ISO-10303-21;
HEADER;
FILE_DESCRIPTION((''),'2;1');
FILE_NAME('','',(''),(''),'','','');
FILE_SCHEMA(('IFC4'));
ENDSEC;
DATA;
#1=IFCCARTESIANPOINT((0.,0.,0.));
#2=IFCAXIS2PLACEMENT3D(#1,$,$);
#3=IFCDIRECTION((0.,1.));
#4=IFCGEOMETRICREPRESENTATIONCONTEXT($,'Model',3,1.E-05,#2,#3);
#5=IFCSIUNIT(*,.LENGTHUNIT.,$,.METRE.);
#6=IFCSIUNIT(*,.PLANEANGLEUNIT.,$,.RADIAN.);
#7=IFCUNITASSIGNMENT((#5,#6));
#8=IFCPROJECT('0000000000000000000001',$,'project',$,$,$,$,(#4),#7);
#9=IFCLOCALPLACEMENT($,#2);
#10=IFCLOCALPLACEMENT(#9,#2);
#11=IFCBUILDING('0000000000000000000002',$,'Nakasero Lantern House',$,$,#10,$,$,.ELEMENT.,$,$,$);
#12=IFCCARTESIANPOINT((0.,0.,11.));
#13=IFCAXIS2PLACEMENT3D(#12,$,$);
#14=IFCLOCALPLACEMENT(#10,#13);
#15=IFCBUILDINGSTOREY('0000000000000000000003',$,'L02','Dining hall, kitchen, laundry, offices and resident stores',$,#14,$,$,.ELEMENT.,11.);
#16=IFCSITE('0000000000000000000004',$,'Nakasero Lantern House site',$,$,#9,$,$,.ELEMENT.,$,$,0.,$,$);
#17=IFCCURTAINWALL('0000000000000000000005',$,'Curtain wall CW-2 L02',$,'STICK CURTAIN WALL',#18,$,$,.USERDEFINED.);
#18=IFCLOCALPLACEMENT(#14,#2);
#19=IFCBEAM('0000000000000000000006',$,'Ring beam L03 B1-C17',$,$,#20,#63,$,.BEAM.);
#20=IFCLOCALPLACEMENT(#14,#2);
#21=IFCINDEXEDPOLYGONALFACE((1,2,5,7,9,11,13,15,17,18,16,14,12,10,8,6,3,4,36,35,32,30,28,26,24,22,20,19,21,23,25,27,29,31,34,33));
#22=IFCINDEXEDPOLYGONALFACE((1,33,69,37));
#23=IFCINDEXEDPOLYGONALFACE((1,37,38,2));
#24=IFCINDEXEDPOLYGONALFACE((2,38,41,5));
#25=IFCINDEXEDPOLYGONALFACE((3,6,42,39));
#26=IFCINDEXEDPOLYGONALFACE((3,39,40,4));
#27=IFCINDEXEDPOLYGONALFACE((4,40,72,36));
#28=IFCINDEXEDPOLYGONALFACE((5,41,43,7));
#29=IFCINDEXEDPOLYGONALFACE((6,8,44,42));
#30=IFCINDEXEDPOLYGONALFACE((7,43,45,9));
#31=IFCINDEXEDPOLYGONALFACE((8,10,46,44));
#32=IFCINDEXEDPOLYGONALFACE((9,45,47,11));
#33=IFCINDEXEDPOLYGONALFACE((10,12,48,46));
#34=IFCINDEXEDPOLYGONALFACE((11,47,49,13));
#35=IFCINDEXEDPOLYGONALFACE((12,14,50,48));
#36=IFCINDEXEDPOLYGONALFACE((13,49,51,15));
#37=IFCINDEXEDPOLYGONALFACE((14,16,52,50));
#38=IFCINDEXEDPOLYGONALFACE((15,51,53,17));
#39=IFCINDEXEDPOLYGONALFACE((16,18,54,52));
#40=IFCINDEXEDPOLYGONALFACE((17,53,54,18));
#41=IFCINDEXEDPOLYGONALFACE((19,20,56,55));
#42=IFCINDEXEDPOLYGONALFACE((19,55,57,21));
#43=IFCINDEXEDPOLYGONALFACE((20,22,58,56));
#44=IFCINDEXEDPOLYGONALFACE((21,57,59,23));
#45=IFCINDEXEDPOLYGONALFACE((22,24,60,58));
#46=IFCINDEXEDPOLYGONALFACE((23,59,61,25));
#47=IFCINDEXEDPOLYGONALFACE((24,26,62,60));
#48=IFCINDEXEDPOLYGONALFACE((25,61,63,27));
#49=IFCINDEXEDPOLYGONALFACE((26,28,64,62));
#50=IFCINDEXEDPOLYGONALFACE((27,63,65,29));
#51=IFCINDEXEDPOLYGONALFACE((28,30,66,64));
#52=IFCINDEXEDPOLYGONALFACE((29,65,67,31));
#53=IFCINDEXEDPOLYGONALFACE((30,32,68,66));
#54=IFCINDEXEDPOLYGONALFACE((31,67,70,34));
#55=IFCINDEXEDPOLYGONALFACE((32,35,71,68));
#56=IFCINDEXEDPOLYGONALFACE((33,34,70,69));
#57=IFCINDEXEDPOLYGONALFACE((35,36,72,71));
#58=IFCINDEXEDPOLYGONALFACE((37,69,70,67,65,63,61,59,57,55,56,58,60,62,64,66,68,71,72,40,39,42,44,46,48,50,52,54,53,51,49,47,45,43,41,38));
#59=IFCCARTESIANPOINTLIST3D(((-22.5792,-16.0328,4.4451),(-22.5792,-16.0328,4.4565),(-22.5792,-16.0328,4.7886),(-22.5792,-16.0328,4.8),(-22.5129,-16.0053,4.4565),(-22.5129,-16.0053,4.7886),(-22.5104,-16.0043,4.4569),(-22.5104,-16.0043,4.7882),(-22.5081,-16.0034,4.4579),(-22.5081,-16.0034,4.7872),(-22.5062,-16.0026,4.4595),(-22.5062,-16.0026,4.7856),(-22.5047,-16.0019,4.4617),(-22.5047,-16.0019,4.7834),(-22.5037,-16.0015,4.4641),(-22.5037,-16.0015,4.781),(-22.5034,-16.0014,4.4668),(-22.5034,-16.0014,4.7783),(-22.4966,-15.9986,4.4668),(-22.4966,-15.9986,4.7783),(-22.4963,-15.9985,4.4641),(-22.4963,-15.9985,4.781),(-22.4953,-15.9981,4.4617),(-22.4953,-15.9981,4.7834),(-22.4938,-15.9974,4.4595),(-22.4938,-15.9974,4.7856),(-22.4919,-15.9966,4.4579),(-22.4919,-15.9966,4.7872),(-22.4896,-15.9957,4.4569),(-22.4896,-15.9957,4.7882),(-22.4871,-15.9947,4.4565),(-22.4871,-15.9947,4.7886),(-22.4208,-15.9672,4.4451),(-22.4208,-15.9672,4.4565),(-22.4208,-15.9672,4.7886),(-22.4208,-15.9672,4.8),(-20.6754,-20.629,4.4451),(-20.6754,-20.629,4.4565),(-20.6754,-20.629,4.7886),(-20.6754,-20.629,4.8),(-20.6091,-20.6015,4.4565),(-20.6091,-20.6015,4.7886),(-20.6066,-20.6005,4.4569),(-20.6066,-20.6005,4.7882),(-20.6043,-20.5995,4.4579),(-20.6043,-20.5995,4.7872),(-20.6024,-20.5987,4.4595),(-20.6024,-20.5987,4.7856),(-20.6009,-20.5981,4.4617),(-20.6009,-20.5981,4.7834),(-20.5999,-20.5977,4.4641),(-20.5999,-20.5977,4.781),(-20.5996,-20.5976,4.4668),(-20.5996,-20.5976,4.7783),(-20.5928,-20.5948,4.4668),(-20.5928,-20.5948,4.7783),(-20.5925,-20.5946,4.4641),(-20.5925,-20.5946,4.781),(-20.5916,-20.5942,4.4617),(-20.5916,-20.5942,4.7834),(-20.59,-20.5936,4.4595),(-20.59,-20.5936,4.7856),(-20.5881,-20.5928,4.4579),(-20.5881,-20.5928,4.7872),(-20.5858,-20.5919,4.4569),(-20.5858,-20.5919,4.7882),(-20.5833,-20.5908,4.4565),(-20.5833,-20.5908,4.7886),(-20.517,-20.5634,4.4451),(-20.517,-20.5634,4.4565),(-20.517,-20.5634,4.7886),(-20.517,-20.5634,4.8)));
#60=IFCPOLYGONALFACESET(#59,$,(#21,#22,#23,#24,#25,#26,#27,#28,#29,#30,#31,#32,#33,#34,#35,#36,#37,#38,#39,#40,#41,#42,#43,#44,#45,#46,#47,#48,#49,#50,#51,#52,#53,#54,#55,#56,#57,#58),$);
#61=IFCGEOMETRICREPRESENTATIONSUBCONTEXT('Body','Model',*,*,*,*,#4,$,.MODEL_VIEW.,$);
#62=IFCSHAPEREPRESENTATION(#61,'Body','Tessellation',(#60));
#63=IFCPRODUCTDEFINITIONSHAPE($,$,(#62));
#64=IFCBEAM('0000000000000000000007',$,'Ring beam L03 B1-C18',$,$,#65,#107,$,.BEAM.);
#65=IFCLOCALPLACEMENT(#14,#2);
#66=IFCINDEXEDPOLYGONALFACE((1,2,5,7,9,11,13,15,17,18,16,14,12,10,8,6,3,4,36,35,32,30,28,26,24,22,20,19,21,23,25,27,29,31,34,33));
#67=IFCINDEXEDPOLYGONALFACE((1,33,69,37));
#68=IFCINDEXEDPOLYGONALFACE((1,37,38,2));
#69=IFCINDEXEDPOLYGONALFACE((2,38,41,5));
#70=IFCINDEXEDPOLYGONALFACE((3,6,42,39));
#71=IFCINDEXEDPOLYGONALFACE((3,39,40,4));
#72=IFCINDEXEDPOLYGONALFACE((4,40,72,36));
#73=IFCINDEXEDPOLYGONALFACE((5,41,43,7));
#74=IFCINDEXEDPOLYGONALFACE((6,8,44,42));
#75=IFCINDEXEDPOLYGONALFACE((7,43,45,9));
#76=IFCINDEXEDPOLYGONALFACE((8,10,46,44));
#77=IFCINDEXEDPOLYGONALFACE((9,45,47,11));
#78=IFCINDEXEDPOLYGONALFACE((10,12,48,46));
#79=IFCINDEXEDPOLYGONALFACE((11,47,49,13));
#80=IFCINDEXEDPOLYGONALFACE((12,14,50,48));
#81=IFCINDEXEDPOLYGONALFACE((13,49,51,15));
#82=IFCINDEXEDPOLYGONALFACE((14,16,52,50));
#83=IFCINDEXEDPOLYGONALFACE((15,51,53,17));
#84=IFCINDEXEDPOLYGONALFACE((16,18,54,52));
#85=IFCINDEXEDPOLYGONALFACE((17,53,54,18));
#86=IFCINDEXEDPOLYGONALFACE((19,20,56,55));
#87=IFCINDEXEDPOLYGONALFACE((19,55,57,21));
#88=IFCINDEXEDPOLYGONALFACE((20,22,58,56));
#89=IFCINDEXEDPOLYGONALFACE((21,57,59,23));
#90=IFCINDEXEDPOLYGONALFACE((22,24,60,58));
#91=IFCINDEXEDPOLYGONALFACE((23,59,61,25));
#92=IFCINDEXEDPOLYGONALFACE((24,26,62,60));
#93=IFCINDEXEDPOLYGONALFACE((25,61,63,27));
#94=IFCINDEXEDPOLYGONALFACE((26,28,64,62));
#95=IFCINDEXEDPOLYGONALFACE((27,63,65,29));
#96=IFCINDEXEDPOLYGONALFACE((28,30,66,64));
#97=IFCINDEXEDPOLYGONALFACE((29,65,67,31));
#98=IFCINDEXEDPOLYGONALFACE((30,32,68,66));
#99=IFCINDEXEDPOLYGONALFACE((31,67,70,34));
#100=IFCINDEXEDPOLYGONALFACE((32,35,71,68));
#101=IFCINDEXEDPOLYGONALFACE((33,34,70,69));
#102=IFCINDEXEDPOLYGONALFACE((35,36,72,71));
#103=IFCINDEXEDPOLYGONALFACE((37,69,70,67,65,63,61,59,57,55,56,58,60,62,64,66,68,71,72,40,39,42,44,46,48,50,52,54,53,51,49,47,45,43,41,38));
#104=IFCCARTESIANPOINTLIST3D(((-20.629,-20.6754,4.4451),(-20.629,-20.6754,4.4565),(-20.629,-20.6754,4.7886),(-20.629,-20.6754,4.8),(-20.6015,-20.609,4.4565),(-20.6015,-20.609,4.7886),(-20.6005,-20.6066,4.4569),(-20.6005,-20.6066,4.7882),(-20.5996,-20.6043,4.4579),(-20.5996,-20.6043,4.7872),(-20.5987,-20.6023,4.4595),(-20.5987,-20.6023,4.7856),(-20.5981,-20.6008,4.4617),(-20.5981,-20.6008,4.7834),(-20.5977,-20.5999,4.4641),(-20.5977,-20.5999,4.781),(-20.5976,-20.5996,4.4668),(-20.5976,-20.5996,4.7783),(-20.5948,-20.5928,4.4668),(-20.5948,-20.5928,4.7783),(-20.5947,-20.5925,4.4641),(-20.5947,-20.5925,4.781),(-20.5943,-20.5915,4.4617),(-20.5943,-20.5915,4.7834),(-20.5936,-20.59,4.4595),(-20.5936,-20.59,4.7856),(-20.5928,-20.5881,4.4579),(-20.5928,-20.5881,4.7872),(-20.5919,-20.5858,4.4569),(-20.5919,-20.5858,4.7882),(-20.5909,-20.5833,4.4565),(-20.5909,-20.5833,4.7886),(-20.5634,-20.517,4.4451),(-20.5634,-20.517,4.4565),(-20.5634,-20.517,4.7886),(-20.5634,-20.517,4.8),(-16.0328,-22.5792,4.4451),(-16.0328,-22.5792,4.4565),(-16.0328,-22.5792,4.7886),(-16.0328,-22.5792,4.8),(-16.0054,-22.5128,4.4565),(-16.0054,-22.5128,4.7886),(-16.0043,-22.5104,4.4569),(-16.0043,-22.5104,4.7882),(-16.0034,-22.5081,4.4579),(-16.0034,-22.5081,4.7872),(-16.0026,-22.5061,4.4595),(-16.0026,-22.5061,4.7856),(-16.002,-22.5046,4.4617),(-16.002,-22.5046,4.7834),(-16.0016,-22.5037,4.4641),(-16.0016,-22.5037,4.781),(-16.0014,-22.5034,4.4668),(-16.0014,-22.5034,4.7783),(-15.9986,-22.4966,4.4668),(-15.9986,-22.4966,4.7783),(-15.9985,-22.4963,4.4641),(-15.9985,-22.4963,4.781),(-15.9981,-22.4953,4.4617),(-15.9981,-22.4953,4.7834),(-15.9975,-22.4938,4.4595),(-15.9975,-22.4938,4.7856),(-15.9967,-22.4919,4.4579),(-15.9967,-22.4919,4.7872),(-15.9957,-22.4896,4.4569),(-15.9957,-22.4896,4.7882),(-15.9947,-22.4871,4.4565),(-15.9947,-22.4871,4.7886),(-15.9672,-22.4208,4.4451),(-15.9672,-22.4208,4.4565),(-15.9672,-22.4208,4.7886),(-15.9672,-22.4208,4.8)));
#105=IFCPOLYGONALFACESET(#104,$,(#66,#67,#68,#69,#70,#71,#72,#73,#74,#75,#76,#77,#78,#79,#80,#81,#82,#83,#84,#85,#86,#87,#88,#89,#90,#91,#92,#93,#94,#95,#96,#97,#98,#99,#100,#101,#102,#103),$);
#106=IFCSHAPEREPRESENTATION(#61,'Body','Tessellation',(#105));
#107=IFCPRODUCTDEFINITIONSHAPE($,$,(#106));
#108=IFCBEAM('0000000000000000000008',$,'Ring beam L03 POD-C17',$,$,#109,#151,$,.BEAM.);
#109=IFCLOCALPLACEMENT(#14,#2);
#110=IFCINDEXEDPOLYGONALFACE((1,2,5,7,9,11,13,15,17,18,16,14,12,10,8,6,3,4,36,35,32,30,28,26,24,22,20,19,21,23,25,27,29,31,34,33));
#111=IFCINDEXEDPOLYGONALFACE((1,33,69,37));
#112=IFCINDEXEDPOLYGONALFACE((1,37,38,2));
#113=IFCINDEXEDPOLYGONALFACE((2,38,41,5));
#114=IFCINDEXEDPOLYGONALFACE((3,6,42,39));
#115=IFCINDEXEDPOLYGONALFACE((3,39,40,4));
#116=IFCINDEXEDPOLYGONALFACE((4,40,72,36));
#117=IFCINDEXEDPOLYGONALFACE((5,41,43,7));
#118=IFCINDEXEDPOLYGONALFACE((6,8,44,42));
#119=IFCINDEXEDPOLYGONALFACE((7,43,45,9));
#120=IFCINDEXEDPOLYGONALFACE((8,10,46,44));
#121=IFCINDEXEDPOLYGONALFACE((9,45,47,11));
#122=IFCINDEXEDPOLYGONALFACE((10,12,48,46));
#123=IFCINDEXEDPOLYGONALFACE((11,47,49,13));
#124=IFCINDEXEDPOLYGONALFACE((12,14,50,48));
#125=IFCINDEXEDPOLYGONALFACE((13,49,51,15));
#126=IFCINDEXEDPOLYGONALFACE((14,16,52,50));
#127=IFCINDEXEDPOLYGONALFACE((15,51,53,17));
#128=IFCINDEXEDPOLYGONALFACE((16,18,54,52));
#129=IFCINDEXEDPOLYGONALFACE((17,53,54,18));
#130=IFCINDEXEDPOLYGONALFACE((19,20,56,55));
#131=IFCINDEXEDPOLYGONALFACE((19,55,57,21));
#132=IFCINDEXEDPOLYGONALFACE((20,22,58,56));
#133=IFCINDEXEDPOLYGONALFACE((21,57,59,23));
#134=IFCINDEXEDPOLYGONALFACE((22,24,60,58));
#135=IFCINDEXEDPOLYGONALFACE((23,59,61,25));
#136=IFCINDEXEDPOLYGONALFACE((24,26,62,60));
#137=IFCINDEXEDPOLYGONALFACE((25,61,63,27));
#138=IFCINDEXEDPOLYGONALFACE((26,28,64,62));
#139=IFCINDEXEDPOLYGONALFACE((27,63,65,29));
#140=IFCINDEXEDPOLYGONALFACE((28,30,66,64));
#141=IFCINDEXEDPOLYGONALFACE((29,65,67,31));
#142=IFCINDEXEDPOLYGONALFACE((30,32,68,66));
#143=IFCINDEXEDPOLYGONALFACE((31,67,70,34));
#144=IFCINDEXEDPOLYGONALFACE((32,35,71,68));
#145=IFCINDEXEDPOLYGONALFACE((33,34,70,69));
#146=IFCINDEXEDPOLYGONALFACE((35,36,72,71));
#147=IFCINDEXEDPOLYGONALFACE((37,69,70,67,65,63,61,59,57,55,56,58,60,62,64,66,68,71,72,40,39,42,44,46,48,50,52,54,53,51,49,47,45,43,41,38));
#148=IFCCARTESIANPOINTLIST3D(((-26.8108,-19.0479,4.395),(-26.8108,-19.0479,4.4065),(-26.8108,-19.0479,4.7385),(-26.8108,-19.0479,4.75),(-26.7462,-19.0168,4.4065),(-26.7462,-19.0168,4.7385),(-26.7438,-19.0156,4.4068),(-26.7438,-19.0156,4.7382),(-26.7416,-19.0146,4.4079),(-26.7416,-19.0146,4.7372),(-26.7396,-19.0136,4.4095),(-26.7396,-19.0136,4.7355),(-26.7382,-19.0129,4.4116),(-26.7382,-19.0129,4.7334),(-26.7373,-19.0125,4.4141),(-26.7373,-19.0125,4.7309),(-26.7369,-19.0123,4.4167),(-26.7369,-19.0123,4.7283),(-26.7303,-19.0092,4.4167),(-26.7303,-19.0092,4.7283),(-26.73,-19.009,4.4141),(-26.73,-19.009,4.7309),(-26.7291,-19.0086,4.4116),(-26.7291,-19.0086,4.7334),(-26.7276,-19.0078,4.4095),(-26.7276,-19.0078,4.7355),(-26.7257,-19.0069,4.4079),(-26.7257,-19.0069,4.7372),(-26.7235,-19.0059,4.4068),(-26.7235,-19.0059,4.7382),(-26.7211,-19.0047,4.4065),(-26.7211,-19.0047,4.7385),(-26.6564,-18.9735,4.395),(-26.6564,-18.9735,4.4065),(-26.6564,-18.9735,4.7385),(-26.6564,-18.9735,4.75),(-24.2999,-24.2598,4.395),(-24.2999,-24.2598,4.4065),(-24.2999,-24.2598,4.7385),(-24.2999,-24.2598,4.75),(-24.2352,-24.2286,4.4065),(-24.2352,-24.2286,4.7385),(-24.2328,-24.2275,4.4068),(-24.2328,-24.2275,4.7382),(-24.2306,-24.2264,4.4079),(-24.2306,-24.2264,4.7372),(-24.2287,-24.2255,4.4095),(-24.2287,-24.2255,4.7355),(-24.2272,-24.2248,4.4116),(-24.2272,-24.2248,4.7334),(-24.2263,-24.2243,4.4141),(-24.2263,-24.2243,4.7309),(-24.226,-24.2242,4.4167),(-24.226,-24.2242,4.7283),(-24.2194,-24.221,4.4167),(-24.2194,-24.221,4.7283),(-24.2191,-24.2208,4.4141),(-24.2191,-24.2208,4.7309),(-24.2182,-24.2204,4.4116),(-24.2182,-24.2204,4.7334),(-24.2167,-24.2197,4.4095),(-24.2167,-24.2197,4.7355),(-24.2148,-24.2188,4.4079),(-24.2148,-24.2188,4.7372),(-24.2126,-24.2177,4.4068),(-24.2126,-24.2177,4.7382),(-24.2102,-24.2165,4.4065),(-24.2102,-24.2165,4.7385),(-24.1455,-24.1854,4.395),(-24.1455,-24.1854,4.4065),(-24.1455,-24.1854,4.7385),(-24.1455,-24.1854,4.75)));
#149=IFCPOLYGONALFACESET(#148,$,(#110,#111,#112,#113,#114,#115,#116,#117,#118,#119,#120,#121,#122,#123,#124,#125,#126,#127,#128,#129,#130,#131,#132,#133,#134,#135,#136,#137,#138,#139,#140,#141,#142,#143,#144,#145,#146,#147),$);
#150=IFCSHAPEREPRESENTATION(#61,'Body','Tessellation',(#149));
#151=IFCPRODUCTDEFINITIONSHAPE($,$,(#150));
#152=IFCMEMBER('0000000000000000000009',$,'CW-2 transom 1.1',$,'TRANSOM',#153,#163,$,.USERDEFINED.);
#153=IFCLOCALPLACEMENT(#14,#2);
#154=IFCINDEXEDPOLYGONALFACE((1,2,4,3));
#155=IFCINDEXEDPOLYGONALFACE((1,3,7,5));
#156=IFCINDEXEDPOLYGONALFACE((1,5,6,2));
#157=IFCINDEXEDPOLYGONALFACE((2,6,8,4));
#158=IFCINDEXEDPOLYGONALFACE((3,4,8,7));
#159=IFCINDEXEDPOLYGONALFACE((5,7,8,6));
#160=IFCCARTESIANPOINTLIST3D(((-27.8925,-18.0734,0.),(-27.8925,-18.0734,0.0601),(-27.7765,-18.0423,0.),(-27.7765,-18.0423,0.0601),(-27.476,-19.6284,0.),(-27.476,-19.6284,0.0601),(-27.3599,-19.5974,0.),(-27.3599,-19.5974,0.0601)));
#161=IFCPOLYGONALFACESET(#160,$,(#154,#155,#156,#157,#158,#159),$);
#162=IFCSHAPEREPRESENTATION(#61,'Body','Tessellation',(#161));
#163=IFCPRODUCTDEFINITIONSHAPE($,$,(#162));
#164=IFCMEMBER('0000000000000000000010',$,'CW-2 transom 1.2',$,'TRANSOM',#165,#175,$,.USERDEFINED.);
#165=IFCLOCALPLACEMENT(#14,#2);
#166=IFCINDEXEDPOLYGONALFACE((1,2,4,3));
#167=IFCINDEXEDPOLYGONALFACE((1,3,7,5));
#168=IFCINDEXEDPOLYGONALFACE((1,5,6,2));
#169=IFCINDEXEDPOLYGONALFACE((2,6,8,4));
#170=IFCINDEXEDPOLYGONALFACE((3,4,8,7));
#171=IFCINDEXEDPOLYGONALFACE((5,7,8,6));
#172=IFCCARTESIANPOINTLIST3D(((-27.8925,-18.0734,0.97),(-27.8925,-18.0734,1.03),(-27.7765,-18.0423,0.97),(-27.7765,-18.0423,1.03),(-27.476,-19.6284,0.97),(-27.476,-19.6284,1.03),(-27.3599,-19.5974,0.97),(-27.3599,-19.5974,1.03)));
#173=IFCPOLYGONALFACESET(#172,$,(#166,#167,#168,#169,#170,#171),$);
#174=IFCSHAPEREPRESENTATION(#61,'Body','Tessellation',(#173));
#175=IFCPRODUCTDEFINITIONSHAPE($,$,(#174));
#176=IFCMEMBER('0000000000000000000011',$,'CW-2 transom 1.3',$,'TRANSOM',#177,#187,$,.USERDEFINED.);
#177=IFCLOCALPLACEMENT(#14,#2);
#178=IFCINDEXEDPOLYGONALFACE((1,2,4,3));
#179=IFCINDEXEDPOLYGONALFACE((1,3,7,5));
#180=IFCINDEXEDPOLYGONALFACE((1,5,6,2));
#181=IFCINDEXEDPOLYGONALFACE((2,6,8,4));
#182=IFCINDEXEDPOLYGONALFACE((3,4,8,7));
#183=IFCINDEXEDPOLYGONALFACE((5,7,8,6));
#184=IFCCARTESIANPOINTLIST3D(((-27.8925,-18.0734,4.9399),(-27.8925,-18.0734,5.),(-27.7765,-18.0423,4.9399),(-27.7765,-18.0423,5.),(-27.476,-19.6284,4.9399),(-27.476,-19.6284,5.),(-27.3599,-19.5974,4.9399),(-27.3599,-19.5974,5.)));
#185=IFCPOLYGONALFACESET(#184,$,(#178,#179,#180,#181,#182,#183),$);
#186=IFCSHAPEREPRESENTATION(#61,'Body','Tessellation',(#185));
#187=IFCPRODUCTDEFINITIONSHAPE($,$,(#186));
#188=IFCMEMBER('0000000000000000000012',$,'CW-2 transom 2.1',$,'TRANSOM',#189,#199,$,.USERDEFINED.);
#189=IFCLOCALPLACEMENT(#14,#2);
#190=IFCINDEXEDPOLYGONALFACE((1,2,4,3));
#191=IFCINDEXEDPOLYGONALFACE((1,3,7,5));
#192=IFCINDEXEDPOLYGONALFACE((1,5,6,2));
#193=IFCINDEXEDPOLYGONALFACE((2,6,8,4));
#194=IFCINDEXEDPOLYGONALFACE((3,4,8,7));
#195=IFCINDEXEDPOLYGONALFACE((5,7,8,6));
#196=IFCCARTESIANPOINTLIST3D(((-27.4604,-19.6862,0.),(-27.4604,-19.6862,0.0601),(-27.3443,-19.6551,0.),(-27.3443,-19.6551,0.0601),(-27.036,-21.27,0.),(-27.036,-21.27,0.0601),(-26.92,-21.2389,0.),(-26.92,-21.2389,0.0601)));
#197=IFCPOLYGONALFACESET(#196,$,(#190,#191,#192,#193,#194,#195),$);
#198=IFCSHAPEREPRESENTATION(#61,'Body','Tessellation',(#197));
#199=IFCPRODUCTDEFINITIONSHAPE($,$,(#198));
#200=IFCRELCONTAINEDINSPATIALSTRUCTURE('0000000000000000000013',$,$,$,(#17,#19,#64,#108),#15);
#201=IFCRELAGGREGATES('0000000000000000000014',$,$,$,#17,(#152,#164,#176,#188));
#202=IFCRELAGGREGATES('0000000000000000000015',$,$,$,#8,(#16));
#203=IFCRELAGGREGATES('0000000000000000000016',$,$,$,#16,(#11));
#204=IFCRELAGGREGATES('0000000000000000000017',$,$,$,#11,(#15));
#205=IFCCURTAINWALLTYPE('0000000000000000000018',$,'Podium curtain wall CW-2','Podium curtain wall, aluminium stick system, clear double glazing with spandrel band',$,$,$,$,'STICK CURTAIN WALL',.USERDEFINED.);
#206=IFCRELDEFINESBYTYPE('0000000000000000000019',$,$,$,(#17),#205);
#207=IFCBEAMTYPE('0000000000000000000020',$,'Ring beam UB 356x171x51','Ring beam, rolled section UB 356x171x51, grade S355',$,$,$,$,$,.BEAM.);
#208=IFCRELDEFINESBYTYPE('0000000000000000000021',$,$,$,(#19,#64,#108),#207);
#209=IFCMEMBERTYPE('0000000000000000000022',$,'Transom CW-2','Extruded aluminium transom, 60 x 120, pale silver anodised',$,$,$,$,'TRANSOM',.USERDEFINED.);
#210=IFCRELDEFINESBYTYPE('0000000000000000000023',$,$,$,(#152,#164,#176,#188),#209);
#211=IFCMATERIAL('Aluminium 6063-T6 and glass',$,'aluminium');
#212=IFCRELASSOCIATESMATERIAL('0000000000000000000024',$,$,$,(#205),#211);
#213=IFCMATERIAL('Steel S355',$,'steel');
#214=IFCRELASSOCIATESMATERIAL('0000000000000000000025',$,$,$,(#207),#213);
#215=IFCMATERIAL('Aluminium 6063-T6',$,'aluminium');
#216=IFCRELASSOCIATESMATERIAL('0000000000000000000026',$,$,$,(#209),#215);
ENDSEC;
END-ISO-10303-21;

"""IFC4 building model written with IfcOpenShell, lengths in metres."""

from ifc_helpers import new_model, si_unit, direction, frame, origin, origin_2d, place, context, subcontext, project, spatial, rectangle, i_section, extrude, material, material_profile, profile_set, type_object, element, aggregate, save


model = new_model("IFC4")

# Units and contexts
model_context = context("Model", 3, precision=1e-05, world=origin(), true_north=direction((0.0, 1.0)))
body_context = subcontext(model_context, "Body", "Model", "MODEL_VIEW")
ifc_project = project(units=[si_unit("LENGTHUNIT", "METRE"), si_unit("PLANEANGLEUNIT", "RADIAN")], contexts=[model_context])

# Site, building, storey
site_placement = place(None, origin())
site = spatial("IfcSite", under=ifc_project, at=site_placement, Name="Nakasero Lantern House site", CompositionType="ELEMENT", RefElevation=0.0)
building_placement = place(site_placement, origin())
building = spatial("IfcBuilding", under=site, at=building_placement, Name="Nakasero Lantern House", CompositionType="ELEMENT")
storey_placement = place(building_placement, frame((0.0, 0.0, 11.0)))
storey = spatial("IfcBuildingStorey", under=building, at=storey_placement, Name="L02", Description="Dining hall, kitchen, laundry, offices and resident stores", CompositionType="ELEMENT", Elevation=11.0)

# Curtain wall
ifc_material_1 = material(Name="Aluminium 6063-T6 and glass", Category="aluminium")
curtain_wall_type = type_object("IfcCurtainWallType", Name="Podium curtain wall CW-2", Description="Podium curtain wall, aluminium stick system, clear double glazing with spandrel band", ElementType="STICK CURTAIN WALL", PredefinedType="USERDEFINED", material=ifc_material_1)
curtain_wall_1_placement = place(storey_placement, origin())
curtain_wall_1 = element("IfcCurtainWall", 1, at=curtain_wall_1_placement, inside=storey, type_object=curtain_wall_type, Name="Curtain wall CW-2 L02", ObjectType="STICK CURTAIN WALL", PredefinedType="USERDEFINED")

# Beams
ifc_material_2 = material(Name="Steel S355", Category="steel")
ifc_material_profile_1 = material_profile(ifc_material_2, i_section(OverallWidth=0.1714, OverallDepth=0.355, WebThickness=0.0073, FlangeThickness=0.0115, FilletRadius=0.0103, at=origin_2d()), Name="UB 356x171x51")
ifc_profile_set_1 = profile_set([ifc_material_profile_1], Name="Steel S355")
beam_type_1 = type_object("IfcBeamType", Name="Ring beam UB 356x171x51", Description="Ring beam, rolled section UB 356x171x51, grade S355", PredefinedType="BEAM", material=ifc_profile_set_1)
for number, where, z_axis, x_axis, name in (
    (2, (-22.5, -16.0, 4.6226), (0.382684, -0.923879, 0.0), (0.923879, 0.382684, 0.0), "Ring beam L03 B1-C17"),
    (3, (-20.5962, -20.5962, 4.6226), (0.923879, -0.382684, 0.0), (0.382684, 0.923879, 0.0), "Ring beam L03 B1-C18"),
):
    element("IfcBeam", number, at=place(storey_placement, frame(where, z_axis=z_axis, x_axis=x_axis)), inside=storey, type_object=beam_type_1, Name=name, PredefinedType="BEAM", context=body_context, shape_type="SweptSolid", body=[
        extrude(i_section(OverallWidth=0.1714, OverallDepth=0.355, WebThickness=0.0073, FlangeThickness=0.0115, FilletRadius=0.0103, at=origin_2d()), origin(), (0.0, 0.0, 1.0), 4.9749),
    ])
beam_1_placement = place(storey_placement, frame((-26.7336, -19.0107, 4.5725), z_axis=(0.434033, -0.900897, 0.0), x_axis=(0.900897, 0.434033, 0.0)))
element("IfcBeam", 4, at=beam_1_placement, inside=storey, type_object=beam_type_1, Name="Ring beam L03 POD-C17", PredefinedType="BEAM", context=body_context, shape_type="SweptSolid", body=[
    extrude(i_section(OverallWidth=0.1714, OverallDepth=0.355, WebThickness=0.0073, FlangeThickness=0.0115, FilletRadius=0.0103, at=origin_2d()), origin(), (0.0, 0.0, 1.0), 5.7852),
])

# Members
ifc_material_3 = material(Name="Aluminium 6063-T6", Category="aluminium")
ifc_material_profile_2 = material_profile(ifc_material_3, rectangle(XDim=0.0601, YDim=0.1201, at=origin_2d()), Name="CW-2 transom 60x120")
ifc_profile_set_2 = profile_set([ifc_material_profile_2], Name="Aluminium 6063-T6")
member_type_1 = type_object("IfcMemberType", Name="Transom CW-2", Description="Extruded aluminium transom, 60 x 120, pale silver anodised", ElementType="TRANSOM", PredefinedType="USERDEFINED", material=ifc_profile_set_2)
member_1_placement = place(storey_placement, frame((-27.8345, -18.0579, 0.03), z_axis=(0.258739, -0.965947, 0.0), x_axis=(0.0, 0.0, 1.0)))
member_1 = element("IfcMember", 5, at=member_1_placement, type_object=member_type_1, Name="CW-2 transom 1.1", ObjectType="TRANSOM", PredefinedType="USERDEFINED", context=body_context, shape_type="SweptSolid", body=[
    extrude(rectangle(XDim=0.0601, YDim=0.1201, at=origin_2d()), origin(), (0.0, 0.0, 1.0), 1.6099),
])
member_2_placement = place(storey_placement, frame((-27.8345, -18.0579, 1.0), z_axis=(0.258739, -0.965947, 0.0), x_axis=(0.0, 0.0, 1.0)))
member_2 = element("IfcMember", 6, at=member_2_placement, type_object=member_type_1, Name="CW-2 transom 1.2", ObjectType="TRANSOM", PredefinedType="USERDEFINED", context=body_context, shape_type="SweptSolid", body=[
    extrude(rectangle(XDim=0.0601, YDim=0.1201, at=origin_2d()), origin(), (0.0, 0.0, 1.0), 1.6099),
])
member_3_placement = place(storey_placement, frame((-27.8345, -18.0579, 4.97), z_axis=(0.258739, -0.965947, 0.0), x_axis=(0.0, 0.0, 1.0)))
member_3 = element("IfcMember", 7, at=member_3_placement, type_object=member_type_1, Name="CW-2 transom 1.3", ObjectType="TRANSOM", PredefinedType="USERDEFINED", context=body_context, shape_type="SweptSolid", body=[
    extrude(rectangle(XDim=0.0601, YDim=0.1201, at=origin_2d()), origin(), (0.0, 0.0, 1.0), 1.6099),
])
member_4_placement = place(storey_placement, frame((-27.4023, -19.6707, 0.03), z_axis=(0.258793, -0.965933, 0.0), x_axis=(0.0, 0.0, 1.0)))
member_4 = element("IfcMember", 8, at=member_4_placement, type_object=member_type_1, Name="CW-2 transom 2.1", ObjectType="TRANSOM", PredefinedType="USERDEFINED", context=body_context, shape_type="SweptSolid", body=[
    extrude(rectangle(XDim=0.0601, YDim=0.1201, at=origin_2d()), origin(), (0.0, 0.0, 1.0), 1.6396),
])

aggregate(curtain_wall_1, [member_1, member_2, member_3, member_4])

save(model, "model.ifc")
